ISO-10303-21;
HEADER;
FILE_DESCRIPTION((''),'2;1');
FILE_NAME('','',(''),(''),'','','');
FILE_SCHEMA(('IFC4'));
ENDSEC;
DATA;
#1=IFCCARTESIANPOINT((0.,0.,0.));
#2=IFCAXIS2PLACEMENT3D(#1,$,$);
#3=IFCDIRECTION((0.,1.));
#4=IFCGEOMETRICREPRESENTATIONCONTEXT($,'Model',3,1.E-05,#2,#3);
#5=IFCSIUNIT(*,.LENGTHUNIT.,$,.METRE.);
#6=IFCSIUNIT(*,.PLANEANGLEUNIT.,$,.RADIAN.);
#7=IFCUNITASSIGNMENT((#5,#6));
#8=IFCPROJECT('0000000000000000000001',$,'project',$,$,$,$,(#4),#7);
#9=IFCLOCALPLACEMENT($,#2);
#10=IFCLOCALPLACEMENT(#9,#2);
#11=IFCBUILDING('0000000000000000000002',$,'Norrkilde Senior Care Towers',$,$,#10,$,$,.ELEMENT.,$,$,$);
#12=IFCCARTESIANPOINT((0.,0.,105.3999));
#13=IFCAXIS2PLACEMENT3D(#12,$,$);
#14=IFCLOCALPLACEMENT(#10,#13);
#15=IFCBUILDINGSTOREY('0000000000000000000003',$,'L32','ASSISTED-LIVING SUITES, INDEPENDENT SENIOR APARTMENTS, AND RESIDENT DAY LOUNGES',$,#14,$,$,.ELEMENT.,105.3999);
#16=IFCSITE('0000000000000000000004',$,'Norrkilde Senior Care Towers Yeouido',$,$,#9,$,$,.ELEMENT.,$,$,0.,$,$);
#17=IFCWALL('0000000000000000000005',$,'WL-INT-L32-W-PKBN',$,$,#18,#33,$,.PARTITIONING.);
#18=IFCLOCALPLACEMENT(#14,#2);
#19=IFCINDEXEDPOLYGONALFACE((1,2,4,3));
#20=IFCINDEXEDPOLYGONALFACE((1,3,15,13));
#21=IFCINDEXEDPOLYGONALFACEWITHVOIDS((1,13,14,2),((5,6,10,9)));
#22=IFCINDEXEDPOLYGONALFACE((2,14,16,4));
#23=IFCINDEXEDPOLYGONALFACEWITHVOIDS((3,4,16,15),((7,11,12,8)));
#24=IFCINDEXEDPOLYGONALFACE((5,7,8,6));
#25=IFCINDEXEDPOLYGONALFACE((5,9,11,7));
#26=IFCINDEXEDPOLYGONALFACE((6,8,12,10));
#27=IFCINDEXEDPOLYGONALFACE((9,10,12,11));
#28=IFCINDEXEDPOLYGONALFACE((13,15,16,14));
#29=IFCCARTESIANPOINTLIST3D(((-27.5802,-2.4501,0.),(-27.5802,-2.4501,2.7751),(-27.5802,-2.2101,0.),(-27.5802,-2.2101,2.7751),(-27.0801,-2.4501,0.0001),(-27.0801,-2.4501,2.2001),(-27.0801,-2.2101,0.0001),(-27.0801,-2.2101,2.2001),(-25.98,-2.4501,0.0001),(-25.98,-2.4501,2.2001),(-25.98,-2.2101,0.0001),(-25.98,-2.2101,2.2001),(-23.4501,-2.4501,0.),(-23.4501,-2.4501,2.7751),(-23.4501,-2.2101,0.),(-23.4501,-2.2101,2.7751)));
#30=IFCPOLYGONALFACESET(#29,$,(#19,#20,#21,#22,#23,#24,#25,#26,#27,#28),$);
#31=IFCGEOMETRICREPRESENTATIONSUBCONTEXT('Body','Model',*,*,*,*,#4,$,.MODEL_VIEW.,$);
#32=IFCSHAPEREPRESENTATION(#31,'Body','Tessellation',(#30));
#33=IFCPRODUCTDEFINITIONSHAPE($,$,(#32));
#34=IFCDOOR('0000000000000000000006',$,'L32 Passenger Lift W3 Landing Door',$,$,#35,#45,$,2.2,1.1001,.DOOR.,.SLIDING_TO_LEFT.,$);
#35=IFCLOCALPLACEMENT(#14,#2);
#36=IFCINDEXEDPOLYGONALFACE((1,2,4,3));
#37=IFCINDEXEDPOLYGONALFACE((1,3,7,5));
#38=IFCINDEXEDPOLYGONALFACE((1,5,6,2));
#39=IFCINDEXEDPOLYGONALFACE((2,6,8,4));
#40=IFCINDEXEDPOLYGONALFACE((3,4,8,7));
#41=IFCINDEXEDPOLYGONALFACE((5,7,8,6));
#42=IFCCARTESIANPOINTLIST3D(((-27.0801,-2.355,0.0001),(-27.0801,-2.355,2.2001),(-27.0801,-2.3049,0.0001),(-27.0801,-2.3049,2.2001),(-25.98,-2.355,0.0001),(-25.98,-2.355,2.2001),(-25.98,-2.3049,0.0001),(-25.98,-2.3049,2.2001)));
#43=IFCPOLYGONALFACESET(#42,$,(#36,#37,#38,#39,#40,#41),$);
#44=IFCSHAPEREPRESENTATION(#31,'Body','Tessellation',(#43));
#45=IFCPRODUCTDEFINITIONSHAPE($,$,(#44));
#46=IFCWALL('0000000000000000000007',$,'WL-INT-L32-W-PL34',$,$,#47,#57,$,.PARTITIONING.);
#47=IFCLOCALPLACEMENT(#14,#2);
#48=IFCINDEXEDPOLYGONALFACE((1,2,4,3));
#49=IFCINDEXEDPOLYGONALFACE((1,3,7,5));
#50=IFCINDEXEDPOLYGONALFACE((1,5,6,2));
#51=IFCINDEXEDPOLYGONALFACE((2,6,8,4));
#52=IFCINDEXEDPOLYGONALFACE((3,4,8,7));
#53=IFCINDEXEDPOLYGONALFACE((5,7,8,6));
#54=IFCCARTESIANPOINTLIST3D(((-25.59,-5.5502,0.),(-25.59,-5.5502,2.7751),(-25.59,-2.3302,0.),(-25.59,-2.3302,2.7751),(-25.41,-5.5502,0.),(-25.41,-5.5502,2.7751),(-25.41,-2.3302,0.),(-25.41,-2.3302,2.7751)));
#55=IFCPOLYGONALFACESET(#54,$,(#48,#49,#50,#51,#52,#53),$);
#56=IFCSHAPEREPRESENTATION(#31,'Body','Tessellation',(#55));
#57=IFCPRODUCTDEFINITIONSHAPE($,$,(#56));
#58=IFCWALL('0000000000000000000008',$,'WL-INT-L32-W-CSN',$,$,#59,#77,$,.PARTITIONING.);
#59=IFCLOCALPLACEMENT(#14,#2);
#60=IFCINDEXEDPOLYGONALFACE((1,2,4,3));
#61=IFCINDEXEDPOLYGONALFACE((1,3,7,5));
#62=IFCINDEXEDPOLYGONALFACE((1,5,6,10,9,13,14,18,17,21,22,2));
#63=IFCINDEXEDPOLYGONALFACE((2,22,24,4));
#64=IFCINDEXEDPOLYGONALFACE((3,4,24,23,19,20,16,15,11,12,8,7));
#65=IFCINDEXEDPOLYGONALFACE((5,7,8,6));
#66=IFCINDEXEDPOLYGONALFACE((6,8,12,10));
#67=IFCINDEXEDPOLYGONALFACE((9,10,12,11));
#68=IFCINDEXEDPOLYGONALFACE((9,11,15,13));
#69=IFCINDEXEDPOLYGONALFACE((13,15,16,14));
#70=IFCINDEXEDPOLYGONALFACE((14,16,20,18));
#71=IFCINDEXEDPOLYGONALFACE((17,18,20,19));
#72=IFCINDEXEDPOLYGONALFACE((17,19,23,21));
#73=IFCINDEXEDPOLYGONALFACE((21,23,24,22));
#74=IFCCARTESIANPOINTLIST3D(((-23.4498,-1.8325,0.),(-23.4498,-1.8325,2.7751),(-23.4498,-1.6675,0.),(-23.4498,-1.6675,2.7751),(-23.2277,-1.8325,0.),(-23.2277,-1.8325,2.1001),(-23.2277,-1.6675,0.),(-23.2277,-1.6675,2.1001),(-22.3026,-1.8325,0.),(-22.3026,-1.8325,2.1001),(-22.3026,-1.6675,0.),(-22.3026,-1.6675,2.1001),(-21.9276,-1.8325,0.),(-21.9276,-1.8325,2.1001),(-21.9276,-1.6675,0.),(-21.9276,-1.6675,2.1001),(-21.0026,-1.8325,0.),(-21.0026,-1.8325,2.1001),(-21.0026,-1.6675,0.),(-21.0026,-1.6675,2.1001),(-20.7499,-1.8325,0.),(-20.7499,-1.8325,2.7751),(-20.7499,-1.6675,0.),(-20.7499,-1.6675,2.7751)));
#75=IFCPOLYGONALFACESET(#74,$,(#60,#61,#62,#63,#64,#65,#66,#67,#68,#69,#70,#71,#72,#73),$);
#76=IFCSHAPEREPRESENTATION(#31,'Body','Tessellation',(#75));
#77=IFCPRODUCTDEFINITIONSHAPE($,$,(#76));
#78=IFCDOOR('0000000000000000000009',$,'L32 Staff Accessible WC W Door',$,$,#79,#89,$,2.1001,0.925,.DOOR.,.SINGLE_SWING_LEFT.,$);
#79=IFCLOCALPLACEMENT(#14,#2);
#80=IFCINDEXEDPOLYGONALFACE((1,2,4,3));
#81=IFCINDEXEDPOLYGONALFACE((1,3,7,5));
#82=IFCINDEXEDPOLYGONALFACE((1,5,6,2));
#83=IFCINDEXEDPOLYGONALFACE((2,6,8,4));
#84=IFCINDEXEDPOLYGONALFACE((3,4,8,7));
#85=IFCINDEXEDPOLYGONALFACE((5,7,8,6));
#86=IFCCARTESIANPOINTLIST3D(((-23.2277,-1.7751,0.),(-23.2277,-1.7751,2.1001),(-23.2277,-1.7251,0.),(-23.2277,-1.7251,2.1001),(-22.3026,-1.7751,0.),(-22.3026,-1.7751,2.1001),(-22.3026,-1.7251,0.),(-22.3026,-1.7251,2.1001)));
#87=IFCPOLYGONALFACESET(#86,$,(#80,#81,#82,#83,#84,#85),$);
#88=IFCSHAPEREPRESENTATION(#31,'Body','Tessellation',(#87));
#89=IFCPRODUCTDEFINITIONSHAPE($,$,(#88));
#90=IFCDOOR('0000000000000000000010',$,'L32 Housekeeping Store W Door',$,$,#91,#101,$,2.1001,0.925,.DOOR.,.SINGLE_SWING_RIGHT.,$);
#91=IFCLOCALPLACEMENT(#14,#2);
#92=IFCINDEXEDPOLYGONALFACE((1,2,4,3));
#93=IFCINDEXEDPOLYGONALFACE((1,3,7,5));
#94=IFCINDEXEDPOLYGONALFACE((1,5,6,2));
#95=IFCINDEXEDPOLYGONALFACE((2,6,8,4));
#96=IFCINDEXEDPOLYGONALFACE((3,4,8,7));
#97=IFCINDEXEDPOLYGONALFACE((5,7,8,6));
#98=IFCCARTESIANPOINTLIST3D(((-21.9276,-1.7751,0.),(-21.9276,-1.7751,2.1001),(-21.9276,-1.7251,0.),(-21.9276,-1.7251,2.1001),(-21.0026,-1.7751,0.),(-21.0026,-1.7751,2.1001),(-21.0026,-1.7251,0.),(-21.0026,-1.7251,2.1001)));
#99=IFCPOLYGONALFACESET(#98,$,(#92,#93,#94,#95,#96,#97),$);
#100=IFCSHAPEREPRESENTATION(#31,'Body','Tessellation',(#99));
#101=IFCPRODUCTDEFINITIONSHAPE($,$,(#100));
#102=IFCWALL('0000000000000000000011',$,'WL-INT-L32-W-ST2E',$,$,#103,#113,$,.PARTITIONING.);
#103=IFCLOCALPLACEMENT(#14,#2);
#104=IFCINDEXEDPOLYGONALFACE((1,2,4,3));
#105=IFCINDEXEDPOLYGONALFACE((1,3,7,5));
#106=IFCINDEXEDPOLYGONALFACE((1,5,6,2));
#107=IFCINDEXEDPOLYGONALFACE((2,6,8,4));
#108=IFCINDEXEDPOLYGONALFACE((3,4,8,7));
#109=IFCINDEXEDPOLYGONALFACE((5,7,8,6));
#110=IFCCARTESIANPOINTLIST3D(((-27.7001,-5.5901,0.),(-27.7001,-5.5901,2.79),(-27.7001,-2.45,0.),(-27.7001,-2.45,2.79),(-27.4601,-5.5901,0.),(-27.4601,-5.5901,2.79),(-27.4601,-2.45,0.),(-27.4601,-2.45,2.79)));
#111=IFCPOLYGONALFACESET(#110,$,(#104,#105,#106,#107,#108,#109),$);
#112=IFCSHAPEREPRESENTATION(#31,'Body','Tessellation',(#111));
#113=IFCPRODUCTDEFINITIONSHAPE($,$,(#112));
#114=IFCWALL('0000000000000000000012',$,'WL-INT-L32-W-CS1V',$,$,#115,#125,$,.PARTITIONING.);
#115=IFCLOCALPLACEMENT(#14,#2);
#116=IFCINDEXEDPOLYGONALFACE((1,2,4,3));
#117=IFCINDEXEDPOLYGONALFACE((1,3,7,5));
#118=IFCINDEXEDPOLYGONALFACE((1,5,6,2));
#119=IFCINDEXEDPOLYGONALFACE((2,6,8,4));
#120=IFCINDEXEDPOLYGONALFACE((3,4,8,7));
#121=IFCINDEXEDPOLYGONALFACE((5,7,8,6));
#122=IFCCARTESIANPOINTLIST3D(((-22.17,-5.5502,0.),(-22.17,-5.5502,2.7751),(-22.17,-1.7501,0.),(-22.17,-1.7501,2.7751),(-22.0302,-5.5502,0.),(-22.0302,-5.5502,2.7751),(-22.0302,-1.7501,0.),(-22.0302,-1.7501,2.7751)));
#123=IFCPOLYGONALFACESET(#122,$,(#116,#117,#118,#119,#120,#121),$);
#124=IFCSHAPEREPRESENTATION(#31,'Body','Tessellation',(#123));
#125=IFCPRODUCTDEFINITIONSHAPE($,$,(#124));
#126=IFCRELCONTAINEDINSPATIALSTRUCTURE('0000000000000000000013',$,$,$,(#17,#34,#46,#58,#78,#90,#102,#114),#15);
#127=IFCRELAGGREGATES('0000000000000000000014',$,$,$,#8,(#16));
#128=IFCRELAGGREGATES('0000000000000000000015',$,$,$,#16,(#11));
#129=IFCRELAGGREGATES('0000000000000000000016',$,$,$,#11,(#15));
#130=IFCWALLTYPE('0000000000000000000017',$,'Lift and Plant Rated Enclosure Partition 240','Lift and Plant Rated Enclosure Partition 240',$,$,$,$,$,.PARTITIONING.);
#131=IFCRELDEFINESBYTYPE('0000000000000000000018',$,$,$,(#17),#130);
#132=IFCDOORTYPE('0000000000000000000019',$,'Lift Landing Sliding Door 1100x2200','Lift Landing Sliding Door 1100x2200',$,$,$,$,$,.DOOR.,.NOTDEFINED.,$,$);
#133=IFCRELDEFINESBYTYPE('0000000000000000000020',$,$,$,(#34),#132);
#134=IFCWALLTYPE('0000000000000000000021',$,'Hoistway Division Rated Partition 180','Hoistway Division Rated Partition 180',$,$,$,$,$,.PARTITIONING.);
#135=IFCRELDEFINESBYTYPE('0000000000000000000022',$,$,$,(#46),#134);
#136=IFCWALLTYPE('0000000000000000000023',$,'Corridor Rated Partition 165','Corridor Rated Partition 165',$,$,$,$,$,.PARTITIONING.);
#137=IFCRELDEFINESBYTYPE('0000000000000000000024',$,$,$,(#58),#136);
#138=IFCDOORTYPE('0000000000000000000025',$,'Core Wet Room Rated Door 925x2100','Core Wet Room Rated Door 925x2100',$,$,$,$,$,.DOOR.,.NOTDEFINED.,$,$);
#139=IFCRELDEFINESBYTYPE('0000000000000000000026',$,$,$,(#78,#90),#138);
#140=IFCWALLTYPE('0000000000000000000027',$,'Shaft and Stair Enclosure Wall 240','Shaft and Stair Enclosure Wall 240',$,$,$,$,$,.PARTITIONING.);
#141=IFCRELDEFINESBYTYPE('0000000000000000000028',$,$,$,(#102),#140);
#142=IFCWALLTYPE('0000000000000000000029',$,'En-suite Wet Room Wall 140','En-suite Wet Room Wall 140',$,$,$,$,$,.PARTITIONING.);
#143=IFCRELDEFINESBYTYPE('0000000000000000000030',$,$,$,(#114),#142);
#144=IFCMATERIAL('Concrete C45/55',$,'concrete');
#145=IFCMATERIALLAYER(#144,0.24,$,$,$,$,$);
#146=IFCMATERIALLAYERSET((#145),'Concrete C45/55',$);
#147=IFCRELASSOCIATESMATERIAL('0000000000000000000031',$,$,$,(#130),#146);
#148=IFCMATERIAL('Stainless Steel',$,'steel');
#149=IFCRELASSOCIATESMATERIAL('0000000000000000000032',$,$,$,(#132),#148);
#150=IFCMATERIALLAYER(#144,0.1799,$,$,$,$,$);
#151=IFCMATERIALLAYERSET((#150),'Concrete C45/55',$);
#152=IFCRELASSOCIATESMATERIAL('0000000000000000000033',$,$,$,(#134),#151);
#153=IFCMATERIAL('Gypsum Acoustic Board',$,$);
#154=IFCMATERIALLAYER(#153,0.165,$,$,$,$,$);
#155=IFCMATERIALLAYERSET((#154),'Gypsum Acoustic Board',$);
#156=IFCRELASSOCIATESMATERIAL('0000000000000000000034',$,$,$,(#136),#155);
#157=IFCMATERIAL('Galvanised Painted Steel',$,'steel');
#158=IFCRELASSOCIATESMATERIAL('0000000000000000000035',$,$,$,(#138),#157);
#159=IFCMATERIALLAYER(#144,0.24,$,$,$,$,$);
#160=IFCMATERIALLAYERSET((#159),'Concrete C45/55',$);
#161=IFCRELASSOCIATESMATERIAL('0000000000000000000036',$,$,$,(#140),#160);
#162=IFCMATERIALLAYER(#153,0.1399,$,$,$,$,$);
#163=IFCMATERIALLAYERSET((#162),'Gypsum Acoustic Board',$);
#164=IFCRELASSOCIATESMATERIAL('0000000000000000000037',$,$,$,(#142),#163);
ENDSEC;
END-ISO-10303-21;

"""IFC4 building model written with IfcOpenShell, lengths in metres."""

from ifc_helpers import new_model, si_unit, direction, frame, frame_2d, origin, place, context, subcontext, project, spatial, rectangle, extrude, source, transform, mapped, material, layer, layer_set, type_object, type_shapes, element, fill, save


model = new_model("IFC4")

# Units and contexts
model_context = context("Model", 3, precision=1e-05, world=origin(), true_north=direction((0.0, 1.0)))
body_context = subcontext(model_context, "Body", "Model", "MODEL_VIEW")
ifc_project = project(units=[si_unit("LENGTHUNIT", "METRE"), si_unit("PLANEANGLEUNIT", "RADIAN")], contexts=[model_context])

# Site, building, storey
site_placement = place(None, origin())
site = spatial("IfcSite", under=ifc_project, at=site_placement, Name="Norrkilde Senior Care Towers Yeouido", CompositionType="ELEMENT", RefElevation=0.0)
building_placement = place(site_placement, origin())
building = spatial("IfcBuilding", under=site, at=building_placement, Name="Norrkilde Senior Care Towers", CompositionType="ELEMENT")
storey_placement = place(building_placement, frame((0.0, 0.0, 105.3999)))
storey = spatial("IfcBuildingStorey", under=building, at=storey_placement, Name="L32", Description="ASSISTED-LIVING SUITES, INDEPENDENT SENIOR APARTMENTS, AND RESIDENT DAY LOUNGES", CompositionType="ELEMENT", Elevation=105.3999)

# Shared definitions
ifc_material_1 = material(Name="Concrete C45/55", Category="concrete")

# Wall, opening, door
ifc_layer_1 = layer(ifc_material_1, 0.24)
ifc_layer_set_1 = layer_set([ifc_layer_1], Name="Concrete C45/55")
wall_type_1 = type_object("IfcWallType", Name="Lift and Plant Rated Enclosure Partition 240", Description="Lift and Plant Rated Enclosure Partition 240", PredefinedType="PARTITIONING", material=ifc_layer_set_1)
shared_shape_1 = source(origin(), body_context, "Body", "SweptSolid", [
    extrude(rectangle(XDim=4.1301, YDim=0.24, at=frame_2d((2.0649, 0.0))), origin(), (0.0, 0.0, 1.0), 2.7751),
])
type_shapes(wall_type_1, [shared_shape_1])
wall_1_placement = place(storey_placement, frame((-27.5801, -2.3301, 0.0), z_axis=(0.0, 0.0, 1.0), x_axis=(1.0, 0.0, 0.0)))
wall_1 = element("IfcWall", 1, at=wall_1_placement, inside=storey, type_object=wall_type_1, Name="WL-INT-L32-W-PKBN", PredefinedType="PARTITIONING", context=body_context, shape_type="MappedRepresentation", body=[
    mapped(shared_shape_1, transform((0.0, 0.0, 0.0), x_axis=(1.0, 0.0, 0.0), y_axis=(0.0, 1.0, 0.0), z_axis=(0.0, 0.0, 1.0), scale=1.0)),
])
opening_1_placement = place(wall_1_placement, frame((0.5, 0.0, 0.0)))
opening_1 = element("IfcOpeningElement", 2, at=opening_1_placement, cuts=wall_1, PredefinedType="OPENING", context=body_context, shape_type="SweptSolid", body=[
    extrude(rectangle(XDim=1.1001, YDim=2.2, at=frame_2d((0.55, 1.1001))), frame((0.0, 0.1299, 0.0), z_axis=(0.0, -1.0, 0.0), x_axis=(1.0, 0.0, 0.0)), (0.0, 0.0, 1.0), 0.26),
])
ifc_material_2 = material(Name="Stainless Steel", Category="steel")
door_type_1 = type_object("IfcDoorType", Name="Lift Landing Sliding Door 1100x2200", Description="Lift Landing Sliding Door 1100x2200", OperationType="NOTDEFINED", PredefinedType="DOOR", material=ifc_material_2)
shared_shape_2 = source(origin(), body_context, "Body", "SweptSolid", [
    extrude(rectangle(XDim=1.1001, YDim=2.2, at=frame_2d((0.55, 1.1001))), frame((0.0, 0.0249, 0.0), z_axis=(0.0, -1.0, 0.0), x_axis=(1.0, 0.0, 0.0)), (0.0, 0.0, 1.0), 0.05),
])
type_shapes(door_type_1, [shared_shape_2])
door_1_placement = place(opening_1_placement, frame((1.1001, 0.0, 0.0), z_axis=(0.0, 0.0, 1.0), x_axis=(-1.0, 0.0, 0.0)))
door_1 = element("IfcDoor", 3, at=door_1_placement, inside=storey, type_object=door_type_1, Name="L32 Passenger Lift W3 Landing Door", OperationType="SLIDING_TO_LEFT", OverallHeight=2.2, OverallWidth=1.1001, PredefinedType="DOOR", context=body_context, shape_type="MappedRepresentation", body=[
    mapped(shared_shape_2, transform((0.0, 0.0, 0.0), x_axis=(1.0, 0.0, 0.0), y_axis=(0.0, 1.0, 0.0), z_axis=(0.0, 0.0, 1.0), scale=1.0)),
])
fill(opening_1, door_1)

# Wall
ifc_layer_2 = layer(ifc_material_1, 0.1799)
ifc_layer_set_2 = layer_set([ifc_layer_2], Name="Concrete C45/55")
wall_type_2 = type_object("IfcWallType", Name="Hoistway Division Rated Partition 180", Description="Hoistway Division Rated Partition 180", PredefinedType="PARTITIONING", material=ifc_layer_set_2)
shared_shape_3 = source(origin(), body_context, "Body", "SweptSolid", [
    extrude(rectangle(XDim=3.22, YDim=0.1799, at=frame_2d((1.6099, 0.0))), origin(), (0.0, 0.0, 1.0), 2.7751),
])
type_shapes(wall_type_2, [shared_shape_3])
wall_2_placement = place(storey_placement, frame((-25.5, -5.55, 0.0), z_axis=(0.0, 0.0, 1.0), x_axis=(0.0, 1.0, 0.0)))
element("IfcWall", 4, at=wall_2_placement, inside=storey, type_object=wall_type_2, Name="WL-INT-L32-W-PL34", PredefinedType="PARTITIONING", context=body_context, shape_type="MappedRepresentation", body=[
    mapped(shared_shape_3, transform((0.0, 0.0, 0.0), x_axis=(1.0, 0.0, 0.0), y_axis=(0.0, 1.0, 0.0), z_axis=(0.0, 0.0, 1.0), scale=1.0)),
])

# Wall, openings, doors
ifc_material_3 = material(Name="Gypsum Acoustic Board")
ifc_layer_3 = layer(ifc_material_3, 0.165)
ifc_layer_set_3 = layer_set([ifc_layer_3], Name="Gypsum Acoustic Board")
wall_type_3 = type_object("IfcWallType", Name="Corridor Rated Partition 165", Description="Corridor Rated Partition 165", PredefinedType="PARTITIONING", material=ifc_layer_set_3)
shared_shape_4 = source(origin(), body_context, "Body", "SweptSolid", [
    extrude(rectangle(XDim=2.7, YDim=0.165, at=frame_2d((1.3501, 0.0))), origin(), (0.0, 0.0, 1.0), 2.7751),
])
wall_3_placement = place(storey_placement, frame((-23.45, -1.75, 0.0), z_axis=(0.0, 0.0, 1.0), x_axis=(1.0, 0.0, 0.0)))
wall_3 = element("IfcWall", 5, at=wall_3_placement, inside=storey, type_object=wall_type_3, Name="WL-INT-L32-W-CSN", PredefinedType="PARTITIONING", context=body_context, shape_type="MappedRepresentation", body=[
    mapped(shared_shape_4, transform((0.0, 0.0, 0.0), x_axis=(1.0, 0.0, 0.0), y_axis=(0.0, 1.0, 0.0), z_axis=(0.0, 0.0, 1.0), scale=1.0)),
])
opening_2_placement = place(wall_3_placement, frame((0.2224, 0.0, 0.0)))
opening_2 = element("IfcOpeningElement", 6, at=opening_2_placement, cuts=wall_3, PredefinedType="OPENING", context=body_context, shape_type="SweptSolid", body=[
    extrude(rectangle(XDim=0.925, YDim=2.1001, at=frame_2d((0.4624, 1.05))), frame((0.0, 0.0925, 0.0), z_axis=(0.0, -1.0, 0.0), x_axis=(1.0, 0.0, 0.0)), (0.0, 0.0, 1.0), 0.1851),
])
opening_3_placement = place(wall_3_placement, frame((1.5225, 0.0, 0.0)))
opening_3 = element("IfcOpeningElement", 7, at=opening_3_placement, cuts=wall_3, PredefinedType="OPENING", context=body_context, shape_type="SweptSolid", body=[
    extrude(rectangle(XDim=0.925, YDim=2.1001, at=frame_2d((0.4624, 1.05))), frame((0.0, 0.0925, 0.0), z_axis=(0.0, -1.0, 0.0), x_axis=(1.0, 0.0, 0.0)), (0.0, 0.0, 1.0), 0.1851),
])
ifc_material_4 = material(Name="Galvanised Painted Steel", Category="steel")
door_type_2 = type_object("IfcDoorType", Name="Core Wet Room Rated Door 925x2100", Description="Core Wet Room Rated Door 925x2100", OperationType="NOTDEFINED", PredefinedType="DOOR", material=ifc_material_4)
shared_shape_5 = source(origin(), body_context, "Body", "SweptSolid", [
    extrude(rectangle(XDim=0.925, YDim=2.1001, at=frame_2d((0.4624, 1.05))), frame((0.0, 0.0249, 0.0), z_axis=(0.0, -1.0, 0.0), x_axis=(1.0, 0.0, 0.0)), (0.0, 0.0, 1.0), 0.05),
])
type_shapes(door_type_2, [shared_shape_5])
door_2_placement = place(opening_2_placement, origin())
door_2 = element("IfcDoor", 8, at=door_2_placement, inside=storey, type_object=door_type_2, Name="L32 Staff Accessible WC W Door", OperationType="SINGLE_SWING_LEFT", OverallHeight=2.1001, OverallWidth=0.925, PredefinedType="DOOR", context=body_context, shape_type="MappedRepresentation", body=[
    mapped(shared_shape_5, transform((0.0, 0.0, 0.0), x_axis=(1.0, 0.0, 0.0), y_axis=(0.0, 1.0, 0.0), z_axis=(0.0, 0.0, 1.0), scale=1.0)),
])
fill(opening_2, door_2)
door_3_placement = place(opening_3_placement, origin())
door_3 = element("IfcDoor", 9, at=door_3_placement, inside=storey, type_object=door_type_2, Name="L32 Housekeeping Store W Door", OperationType="SINGLE_SWING_RIGHT", OverallHeight=2.1001, OverallWidth=0.925, PredefinedType="DOOR", context=body_context, shape_type="MappedRepresentation", body=[
    mapped(shared_shape_5, transform((0.0, 0.0, 0.0), x_axis=(1.0, 0.0, 0.0), y_axis=(0.0, 1.0, 0.0), z_axis=(0.0, 0.0, 1.0), scale=1.0)),
])
fill(opening_3, door_3)

# Walls
ifc_layer_4 = layer(ifc_material_1, 0.24)
ifc_layer_set_4 = layer_set([ifc_layer_4], Name="Concrete C45/55")
wall_type_4 = type_object("IfcWallType", Name="Shaft and Stair Enclosure Wall 240", Description="Shaft and Stair Enclosure Wall 240", PredefinedType="PARTITIONING", material=ifc_layer_set_4)
shared_shape_6 = source(origin(), body_context, "Body", "SweptSolid", [
    extrude(rectangle(XDim=3.1401, YDim=0.24, at=frame_2d((1.5701, 0.0))), origin(), (0.0, 0.0, 1.0), 2.79),
])
type_shapes(wall_type_4, [shared_shape_6])
wall_4_placement = place(storey_placement, frame((-27.5801, -5.5901, 0.0), z_axis=(0.0, 0.0, 1.0), x_axis=(0.0, 1.0, 0.0)))
element("IfcWall", 10, at=wall_4_placement, inside=storey, type_object=wall_type_4, Name="WL-INT-L32-W-ST2E", PredefinedType="PARTITIONING", context=body_context, shape_type="MappedRepresentation", body=[
    mapped(shared_shape_6, transform((0.0, 0.0, 0.0), x_axis=(1.0, 0.0, 0.0), y_axis=(0.0, 1.0, 0.0), z_axis=(0.0, 0.0, 1.0), scale=1.0)),
])
ifc_layer_5 = layer(ifc_material_3, 0.1399)
ifc_layer_set_5 = layer_set([ifc_layer_5], Name="Gypsum Acoustic Board")
wall_type_5 = type_object("IfcWallType", Name="En-suite Wet Room Wall 140", Description="En-suite Wet Room Wall 140", PredefinedType="PARTITIONING", material=ifc_layer_set_5)
shared_shape_7 = source(origin(), body_context, "Body", "SweptSolid", [
    extrude(rectangle(XDim=3.8, YDim=0.1399, at=frame_2d((1.8999, 0.0))), origin(), (0.0, 0.0, 1.0), 2.7751),
])
type_shapes(wall_type_5, [shared_shape_7])
wall_5_placement = place(storey_placement, frame((-22.1001, -5.55, 0.0), z_axis=(0.0, 0.0, 1.0), x_axis=(0.0, 1.0, 0.0)))
element("IfcWall", 11, at=wall_5_placement, inside=storey, type_object=wall_type_5, Name="WL-INT-L32-W-CS1V", PredefinedType="PARTITIONING", context=body_context, shape_type="MappedRepresentation", body=[
    mapped(shared_shape_7, transform((0.0, 0.0, 0.0), x_axis=(1.0, 0.0, 0.0), y_axis=(0.0, 1.0, 0.0), z_axis=(0.0, 0.0, 1.0), scale=1.0)),
])

save(model, "model.ifc")
